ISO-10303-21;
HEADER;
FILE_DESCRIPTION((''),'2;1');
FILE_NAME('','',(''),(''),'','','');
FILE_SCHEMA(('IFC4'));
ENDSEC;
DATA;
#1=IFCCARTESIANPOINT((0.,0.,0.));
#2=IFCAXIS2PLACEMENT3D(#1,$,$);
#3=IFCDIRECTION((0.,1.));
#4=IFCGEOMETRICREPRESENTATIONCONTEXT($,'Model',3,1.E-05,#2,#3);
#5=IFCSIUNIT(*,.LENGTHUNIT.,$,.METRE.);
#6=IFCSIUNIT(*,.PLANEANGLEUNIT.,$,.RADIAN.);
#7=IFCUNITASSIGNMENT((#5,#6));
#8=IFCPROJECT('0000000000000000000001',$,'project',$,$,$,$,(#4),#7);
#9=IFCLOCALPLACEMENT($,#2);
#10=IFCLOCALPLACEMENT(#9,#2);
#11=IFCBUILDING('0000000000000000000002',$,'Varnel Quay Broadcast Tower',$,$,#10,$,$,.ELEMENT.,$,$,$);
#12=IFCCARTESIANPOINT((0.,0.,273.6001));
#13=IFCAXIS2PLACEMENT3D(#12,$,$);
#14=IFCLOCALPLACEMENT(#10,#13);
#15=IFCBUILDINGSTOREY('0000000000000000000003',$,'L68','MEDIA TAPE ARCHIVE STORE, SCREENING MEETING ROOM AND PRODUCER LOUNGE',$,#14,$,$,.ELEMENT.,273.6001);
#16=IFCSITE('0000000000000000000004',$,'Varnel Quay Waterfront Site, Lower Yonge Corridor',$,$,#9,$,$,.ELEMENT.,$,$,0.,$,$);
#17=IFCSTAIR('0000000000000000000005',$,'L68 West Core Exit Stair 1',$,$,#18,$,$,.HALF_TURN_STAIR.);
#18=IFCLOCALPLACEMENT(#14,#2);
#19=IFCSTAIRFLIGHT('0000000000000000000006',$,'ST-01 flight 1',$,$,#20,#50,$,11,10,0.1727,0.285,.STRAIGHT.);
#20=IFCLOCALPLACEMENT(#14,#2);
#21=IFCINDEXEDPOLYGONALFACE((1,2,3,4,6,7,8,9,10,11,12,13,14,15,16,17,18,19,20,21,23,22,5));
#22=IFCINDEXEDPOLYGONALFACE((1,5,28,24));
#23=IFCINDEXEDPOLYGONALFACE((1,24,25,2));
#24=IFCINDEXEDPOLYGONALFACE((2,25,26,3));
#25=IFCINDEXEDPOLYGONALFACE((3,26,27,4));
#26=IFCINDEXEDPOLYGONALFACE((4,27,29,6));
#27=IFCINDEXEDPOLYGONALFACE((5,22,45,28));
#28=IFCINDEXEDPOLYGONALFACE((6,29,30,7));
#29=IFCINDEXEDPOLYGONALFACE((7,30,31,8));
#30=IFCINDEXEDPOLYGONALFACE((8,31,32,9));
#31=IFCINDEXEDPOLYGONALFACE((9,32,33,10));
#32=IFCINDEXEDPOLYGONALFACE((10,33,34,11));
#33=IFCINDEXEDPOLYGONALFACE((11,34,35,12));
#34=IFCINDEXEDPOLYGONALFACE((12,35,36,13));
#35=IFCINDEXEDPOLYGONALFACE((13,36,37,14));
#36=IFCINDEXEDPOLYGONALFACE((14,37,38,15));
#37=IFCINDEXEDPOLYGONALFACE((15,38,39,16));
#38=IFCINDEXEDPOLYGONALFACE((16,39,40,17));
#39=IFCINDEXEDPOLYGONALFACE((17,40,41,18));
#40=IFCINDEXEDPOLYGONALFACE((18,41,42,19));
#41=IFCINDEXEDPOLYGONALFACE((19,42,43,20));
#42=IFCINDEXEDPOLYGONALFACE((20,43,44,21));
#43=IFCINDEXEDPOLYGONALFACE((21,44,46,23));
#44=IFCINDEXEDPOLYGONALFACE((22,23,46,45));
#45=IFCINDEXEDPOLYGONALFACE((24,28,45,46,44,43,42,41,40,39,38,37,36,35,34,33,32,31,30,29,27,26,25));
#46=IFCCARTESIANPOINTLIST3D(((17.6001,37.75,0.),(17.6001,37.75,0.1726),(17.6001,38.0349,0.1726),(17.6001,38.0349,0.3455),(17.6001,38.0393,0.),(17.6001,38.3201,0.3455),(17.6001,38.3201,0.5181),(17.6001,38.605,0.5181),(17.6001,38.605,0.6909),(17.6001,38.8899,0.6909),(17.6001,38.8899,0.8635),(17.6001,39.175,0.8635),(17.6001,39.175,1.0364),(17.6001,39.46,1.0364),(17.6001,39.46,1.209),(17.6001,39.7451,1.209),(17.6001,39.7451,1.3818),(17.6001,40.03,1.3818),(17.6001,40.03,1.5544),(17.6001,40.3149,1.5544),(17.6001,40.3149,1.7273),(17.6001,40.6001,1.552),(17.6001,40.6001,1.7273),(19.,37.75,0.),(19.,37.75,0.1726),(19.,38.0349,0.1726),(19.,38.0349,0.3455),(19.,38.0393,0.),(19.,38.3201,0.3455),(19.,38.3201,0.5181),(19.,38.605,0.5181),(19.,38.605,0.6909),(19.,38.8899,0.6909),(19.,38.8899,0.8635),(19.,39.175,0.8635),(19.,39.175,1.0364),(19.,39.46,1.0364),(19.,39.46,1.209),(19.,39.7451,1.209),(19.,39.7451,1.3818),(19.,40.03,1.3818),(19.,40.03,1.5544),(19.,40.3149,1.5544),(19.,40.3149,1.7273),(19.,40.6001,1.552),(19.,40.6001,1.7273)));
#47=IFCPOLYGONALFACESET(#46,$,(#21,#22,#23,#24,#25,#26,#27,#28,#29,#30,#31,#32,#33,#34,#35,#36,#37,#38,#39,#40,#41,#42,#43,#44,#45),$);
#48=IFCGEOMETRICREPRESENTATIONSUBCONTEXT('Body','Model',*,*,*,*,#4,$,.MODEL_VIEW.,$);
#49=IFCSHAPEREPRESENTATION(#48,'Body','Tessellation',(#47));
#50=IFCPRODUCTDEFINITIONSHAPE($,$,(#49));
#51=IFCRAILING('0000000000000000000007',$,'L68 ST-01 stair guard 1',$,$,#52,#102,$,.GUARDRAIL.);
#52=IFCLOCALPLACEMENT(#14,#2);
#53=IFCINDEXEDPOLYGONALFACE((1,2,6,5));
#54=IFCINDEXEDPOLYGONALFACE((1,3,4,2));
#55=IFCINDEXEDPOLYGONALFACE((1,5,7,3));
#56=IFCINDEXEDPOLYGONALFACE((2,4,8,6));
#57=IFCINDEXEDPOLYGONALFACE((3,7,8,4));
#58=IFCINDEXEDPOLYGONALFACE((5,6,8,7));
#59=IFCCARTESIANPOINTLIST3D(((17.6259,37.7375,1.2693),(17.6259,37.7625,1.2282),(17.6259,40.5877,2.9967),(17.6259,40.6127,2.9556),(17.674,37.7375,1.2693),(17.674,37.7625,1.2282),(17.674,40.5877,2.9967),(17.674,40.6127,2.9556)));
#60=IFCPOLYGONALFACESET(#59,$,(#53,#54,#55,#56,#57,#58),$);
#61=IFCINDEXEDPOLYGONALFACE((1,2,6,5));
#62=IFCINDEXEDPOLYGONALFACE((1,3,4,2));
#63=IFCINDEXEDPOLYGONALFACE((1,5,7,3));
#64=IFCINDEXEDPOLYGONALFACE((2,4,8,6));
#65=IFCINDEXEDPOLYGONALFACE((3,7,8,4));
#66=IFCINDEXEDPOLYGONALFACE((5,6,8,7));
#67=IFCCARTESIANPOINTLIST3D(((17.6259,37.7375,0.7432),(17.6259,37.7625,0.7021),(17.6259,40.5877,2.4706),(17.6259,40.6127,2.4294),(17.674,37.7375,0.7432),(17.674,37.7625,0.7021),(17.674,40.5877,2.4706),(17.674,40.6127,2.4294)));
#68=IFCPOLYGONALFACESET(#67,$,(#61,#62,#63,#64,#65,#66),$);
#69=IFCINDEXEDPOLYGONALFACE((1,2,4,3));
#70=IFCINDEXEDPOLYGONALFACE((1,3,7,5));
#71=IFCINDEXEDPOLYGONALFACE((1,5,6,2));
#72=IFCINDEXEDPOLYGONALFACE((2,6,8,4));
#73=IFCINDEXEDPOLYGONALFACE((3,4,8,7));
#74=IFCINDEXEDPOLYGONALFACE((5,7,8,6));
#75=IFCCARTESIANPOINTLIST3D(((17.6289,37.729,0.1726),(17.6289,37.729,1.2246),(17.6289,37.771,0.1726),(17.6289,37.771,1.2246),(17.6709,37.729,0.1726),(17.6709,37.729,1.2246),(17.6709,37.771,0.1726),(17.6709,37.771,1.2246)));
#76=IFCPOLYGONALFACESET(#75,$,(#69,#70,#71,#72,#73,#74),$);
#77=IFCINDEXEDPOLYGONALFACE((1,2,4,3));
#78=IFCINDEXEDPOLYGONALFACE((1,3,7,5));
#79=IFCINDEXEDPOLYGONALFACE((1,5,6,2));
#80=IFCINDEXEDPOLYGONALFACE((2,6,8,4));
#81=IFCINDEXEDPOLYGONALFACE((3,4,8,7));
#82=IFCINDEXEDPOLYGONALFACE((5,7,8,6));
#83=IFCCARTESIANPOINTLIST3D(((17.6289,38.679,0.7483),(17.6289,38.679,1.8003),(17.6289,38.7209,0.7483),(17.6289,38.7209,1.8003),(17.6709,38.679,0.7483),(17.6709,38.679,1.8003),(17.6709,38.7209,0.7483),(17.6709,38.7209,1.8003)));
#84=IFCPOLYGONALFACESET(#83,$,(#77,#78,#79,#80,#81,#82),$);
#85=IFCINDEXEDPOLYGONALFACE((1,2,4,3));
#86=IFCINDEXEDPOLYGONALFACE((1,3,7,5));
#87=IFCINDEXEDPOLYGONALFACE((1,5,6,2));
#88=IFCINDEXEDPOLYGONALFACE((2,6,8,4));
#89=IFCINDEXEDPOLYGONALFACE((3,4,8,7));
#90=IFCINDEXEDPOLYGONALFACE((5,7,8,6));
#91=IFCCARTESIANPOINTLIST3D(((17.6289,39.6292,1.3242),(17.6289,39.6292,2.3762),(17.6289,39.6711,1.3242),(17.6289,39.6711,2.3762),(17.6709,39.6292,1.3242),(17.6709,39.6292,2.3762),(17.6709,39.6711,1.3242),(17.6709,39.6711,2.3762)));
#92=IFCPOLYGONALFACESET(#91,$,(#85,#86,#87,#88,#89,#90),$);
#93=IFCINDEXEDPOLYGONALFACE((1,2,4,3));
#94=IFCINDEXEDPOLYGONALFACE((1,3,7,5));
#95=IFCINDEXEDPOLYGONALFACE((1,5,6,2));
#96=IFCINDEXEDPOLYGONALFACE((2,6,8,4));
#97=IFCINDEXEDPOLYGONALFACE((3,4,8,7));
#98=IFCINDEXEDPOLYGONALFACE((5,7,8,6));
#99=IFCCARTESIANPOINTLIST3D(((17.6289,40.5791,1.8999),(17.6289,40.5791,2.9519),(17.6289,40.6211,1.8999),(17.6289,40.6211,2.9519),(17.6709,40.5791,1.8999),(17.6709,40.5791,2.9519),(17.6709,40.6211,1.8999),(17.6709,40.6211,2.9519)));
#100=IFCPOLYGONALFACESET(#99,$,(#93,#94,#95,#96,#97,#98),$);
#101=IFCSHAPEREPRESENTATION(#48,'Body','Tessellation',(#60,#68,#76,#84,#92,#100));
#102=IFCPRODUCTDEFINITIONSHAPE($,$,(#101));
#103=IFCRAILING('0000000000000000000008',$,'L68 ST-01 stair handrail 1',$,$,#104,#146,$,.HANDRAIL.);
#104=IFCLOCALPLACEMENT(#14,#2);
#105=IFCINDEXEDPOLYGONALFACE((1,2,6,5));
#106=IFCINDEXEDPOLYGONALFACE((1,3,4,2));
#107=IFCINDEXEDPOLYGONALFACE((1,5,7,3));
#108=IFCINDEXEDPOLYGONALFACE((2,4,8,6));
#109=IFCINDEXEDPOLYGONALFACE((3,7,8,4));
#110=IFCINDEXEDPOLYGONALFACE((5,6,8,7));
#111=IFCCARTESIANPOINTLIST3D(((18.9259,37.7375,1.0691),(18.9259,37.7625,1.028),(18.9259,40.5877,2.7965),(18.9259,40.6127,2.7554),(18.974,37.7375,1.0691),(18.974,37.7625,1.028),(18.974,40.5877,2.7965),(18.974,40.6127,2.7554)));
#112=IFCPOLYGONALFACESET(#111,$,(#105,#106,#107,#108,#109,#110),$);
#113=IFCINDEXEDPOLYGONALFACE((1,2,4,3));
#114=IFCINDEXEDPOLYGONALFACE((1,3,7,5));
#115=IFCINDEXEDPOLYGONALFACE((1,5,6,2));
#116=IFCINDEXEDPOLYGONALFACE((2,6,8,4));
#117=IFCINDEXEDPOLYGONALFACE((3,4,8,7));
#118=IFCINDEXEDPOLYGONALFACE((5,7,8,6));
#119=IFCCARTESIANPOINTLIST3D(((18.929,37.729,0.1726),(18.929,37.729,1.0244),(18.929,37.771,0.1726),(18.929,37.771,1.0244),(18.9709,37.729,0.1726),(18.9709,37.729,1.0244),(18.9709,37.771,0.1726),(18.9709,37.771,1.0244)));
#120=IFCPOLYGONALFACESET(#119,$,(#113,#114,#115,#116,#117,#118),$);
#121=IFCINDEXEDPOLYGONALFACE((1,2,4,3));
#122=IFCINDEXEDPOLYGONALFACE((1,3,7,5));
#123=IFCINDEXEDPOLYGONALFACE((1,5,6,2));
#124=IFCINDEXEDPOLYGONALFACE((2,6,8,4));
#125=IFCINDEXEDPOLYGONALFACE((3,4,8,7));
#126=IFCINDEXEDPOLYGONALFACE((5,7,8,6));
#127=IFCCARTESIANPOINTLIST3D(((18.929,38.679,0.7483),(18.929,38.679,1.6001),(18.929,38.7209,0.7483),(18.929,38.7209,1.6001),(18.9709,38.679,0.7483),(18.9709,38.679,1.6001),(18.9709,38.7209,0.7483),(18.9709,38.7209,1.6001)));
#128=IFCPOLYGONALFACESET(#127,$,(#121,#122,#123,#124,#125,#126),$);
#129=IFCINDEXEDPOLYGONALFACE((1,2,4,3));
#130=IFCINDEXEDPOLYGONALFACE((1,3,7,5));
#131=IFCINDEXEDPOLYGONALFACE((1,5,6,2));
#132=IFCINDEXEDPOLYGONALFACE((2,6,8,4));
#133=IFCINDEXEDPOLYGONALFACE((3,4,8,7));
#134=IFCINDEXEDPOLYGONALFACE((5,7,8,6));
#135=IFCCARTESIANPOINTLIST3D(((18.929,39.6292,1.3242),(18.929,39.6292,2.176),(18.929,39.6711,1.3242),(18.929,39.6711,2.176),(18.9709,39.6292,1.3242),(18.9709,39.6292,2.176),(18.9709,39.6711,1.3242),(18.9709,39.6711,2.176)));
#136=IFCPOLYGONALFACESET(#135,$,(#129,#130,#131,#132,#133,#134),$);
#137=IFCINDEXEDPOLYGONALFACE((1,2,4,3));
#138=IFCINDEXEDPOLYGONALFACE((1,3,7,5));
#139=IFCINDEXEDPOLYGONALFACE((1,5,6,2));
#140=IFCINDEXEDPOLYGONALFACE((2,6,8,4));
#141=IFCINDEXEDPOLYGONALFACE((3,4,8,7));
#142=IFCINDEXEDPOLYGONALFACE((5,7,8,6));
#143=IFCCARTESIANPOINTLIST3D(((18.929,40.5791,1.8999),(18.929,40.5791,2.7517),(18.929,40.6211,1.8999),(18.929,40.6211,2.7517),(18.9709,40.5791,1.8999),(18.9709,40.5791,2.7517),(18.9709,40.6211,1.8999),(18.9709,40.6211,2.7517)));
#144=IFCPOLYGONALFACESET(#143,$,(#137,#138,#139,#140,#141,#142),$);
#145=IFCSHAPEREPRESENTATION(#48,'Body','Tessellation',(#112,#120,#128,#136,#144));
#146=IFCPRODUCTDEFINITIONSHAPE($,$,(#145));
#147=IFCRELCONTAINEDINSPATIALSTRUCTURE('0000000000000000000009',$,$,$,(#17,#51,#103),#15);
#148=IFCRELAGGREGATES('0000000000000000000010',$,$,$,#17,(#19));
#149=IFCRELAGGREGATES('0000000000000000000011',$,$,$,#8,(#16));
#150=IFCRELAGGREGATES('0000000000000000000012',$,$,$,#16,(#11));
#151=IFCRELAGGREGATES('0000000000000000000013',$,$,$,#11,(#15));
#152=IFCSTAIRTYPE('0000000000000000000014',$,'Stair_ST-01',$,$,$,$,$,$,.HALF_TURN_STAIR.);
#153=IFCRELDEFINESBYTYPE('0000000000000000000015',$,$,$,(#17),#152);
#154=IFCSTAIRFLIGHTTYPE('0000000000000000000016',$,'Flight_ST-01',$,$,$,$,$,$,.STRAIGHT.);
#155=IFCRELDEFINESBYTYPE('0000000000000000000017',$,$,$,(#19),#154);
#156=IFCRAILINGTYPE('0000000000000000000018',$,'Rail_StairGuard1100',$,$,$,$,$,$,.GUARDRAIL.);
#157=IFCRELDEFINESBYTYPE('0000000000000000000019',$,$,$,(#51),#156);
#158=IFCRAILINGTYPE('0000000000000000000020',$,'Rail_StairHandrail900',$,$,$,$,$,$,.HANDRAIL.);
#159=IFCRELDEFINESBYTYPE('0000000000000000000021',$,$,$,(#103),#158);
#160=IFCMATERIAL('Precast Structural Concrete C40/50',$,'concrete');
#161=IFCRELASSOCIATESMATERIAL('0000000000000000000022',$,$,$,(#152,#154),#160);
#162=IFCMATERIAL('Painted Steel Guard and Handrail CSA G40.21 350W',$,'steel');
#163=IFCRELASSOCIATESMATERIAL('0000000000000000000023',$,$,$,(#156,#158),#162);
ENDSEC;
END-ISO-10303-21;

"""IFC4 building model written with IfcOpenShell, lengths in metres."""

from ifc_helpers import new_model, si_unit, direction, frame, origin, origin_2d, place, context, subcontext, project, spatial, polyline, rectangle, outline, extrude, material, type_object, element, aggregate, save


model = new_model("IFC4")

# Units and contexts
model_context = context("Model", 3, precision=1e-05, world=origin(), true_north=direction((0.0, 1.0)))
body_context = subcontext(model_context, "Body", "Model", "MODEL_VIEW")
ifc_project = project(units=[si_unit("LENGTHUNIT", "METRE"), si_unit("PLANEANGLEUNIT", "RADIAN")], contexts=[model_context])

# Site, building, storey
site_placement = place(None, origin())
site = spatial("IfcSite", under=ifc_project, at=site_placement, Name="Varnel Quay Waterfront Site, Lower Yonge Corridor", CompositionType="ELEMENT", RefElevation=0.0)
building_placement = place(site_placement, origin())
building = spatial("IfcBuilding", under=site, at=building_placement, Name="Varnel Quay Broadcast Tower", CompositionType="ELEMENT")
storey_placement = place(building_placement, frame((0.0, 0.0, 273.6001)))
storey = spatial("IfcBuildingStorey", under=building, at=storey_placement, Name="L68", Description="MEDIA TAPE ARCHIVE STORE, SCREENING MEETING ROOM AND PRODUCER LOUNGE", CompositionType="ELEMENT", Elevation=273.6001)

# Stair, stair flight
ifc_material_1 = material(Name="Precast Structural Concrete C40/50", Category="concrete")
stair_type = type_object("IfcStairType", Name="Stair_ST-01", PredefinedType="HALF_TURN_STAIR", material=ifc_material_1)
stair_placement = place(storey_placement, origin())
stair = element("IfcStair", 1, at=stair_placement, inside=storey, type_object=stair_type, Name="L68 West Core Exit Stair 1", PredefinedType="HALF_TURN_STAIR")
stair_flight_type = type_object("IfcStairFlightType", Name="Flight_ST-01", PredefinedType="STRAIGHT", material=ifc_material_1)
stair_flight_placement = place(storey_placement, frame((18.3, 37.75, 0.0), z_axis=(0.0, 0.0, 1.0), x_axis=(0.0, 1.0, 0.0)))
stair_flight = element("IfcStairFlight", 2, at=stair_flight_placement, type_object=stair_flight_type, Name="ST-01 flight 1", NumberOfRisers=11, NumberOfTreads=10, PredefinedType="STRAIGHT", RiserHeight=0.1727, TreadLength=0.285, context=body_context, shape_type="SweptSolid", body=[
    extrude(outline(polyline([(0.0, 0.0), (0.0, 0.1726), (0.2849, 0.1726), (0.2849, 0.3455), (0.5701, 0.3455), (0.5701, 0.5181), (0.855, 0.5181), (0.855, 0.6909), (1.1399, 0.6909), (1.1399, 0.8635), (1.425, 0.8635), (1.425, 1.0364), (1.71, 1.0364), (1.71, 1.209), (1.9951, 1.209), (1.9951, 1.3818), (2.28, 1.3818), (2.28, 1.5544), (2.5649, 1.5544), (2.5649, 1.7273), (2.8501, 1.7273), (2.8501, 1.8999), (2.8501, 1.552), (0.2893, 0.0), (0.0, 0.0)])), frame((0.0, 0.7, 0.0), z_axis=(0.0, -1.0, 0.0), x_axis=(1.0, 0.0, 0.0)), (0.0, 0.0, 1.0), 1.3999),
])
aggregate(stair, [stair_flight])

# Railings
ifc_material_2 = material(Name="Painted Steel Guard and Handrail CSA G40.21 350W", Category="steel")
railing_type_1 = type_object("IfcRailingType", Name="Rail_StairGuard1100", PredefinedType="GUARDRAIL", material=ifc_material_2)
railing_1_placement = place(storey_placement, frame((17.6499, 37.75, 0.1726)))
element("IfcRailing", 3, at=railing_1_placement, inside=storey, type_object=railing_type_1, Name="L68 ST-01 stair guard 1", PredefinedType="GUARDRAIL", context=body_context, shape_type="SweptSolid", body=[
    extrude(rectangle(XDim=0.0481, YDim=0.0481, at=origin_2d()), frame((0.0, 0.0, 1.0762), z_axis=(0.0, 0.855203, 0.518294), x_axis=(-1.0, 0.0, 0.0)), (0.0, 0.0, 1.0), 3.3328),
    extrude(rectangle(XDim=0.0481, YDim=0.0481, at=origin_2d()), frame((0.0, 0.0, 0.55), z_axis=(0.0, 0.855203, 0.518294), x_axis=(-1.0, 0.0, 0.0)), (0.0, 0.0, 1.0), 3.3328),
    extrude(rectangle(XDim=0.042, YDim=0.042, at=origin_2d()), origin(), (0.0, 0.0, 1.0), 1.052),
    extrude(rectangle(XDim=0.042, YDim=0.042, at=origin_2d()), frame((0.0, 0.95, 0.5757)), (0.0, 0.0, 1.0), 1.052),
    extrude(rectangle(XDim=0.042, YDim=0.042, at=origin_2d()), frame((0.0, 1.9001, 1.1516)), (0.0, 0.0, 1.0), 1.052),
    extrude(rectangle(XDim=0.042, YDim=0.042, at=origin_2d()), frame((0.0, 2.8501, 1.7273)), (0.0, 0.0, 1.0), 1.052),
])
railing_type_2 = type_object("IfcRailingType", Name="Rail_StairHandrail900", PredefinedType="HANDRAIL", material=ifc_material_2)
railing_2_placement = place(storey_placement, frame((18.95, 37.75, 0.1726)))
element("IfcRailing", 4, at=railing_2_placement, inside=storey, type_object=railing_type_2, Name="L68 ST-01 stair handrail 1", PredefinedType="HANDRAIL", context=body_context, shape_type="SweptSolid", body=[
    extrude(rectangle(XDim=0.0481, YDim=0.0481, at=origin_2d()), frame((0.0, 0.0, 0.876), z_axis=(0.0, 0.855203, 0.518294), x_axis=(-1.0, 0.0, 0.0)), (0.0, 0.0, 1.0), 3.3328),
    extrude(rectangle(XDim=0.042, YDim=0.042, at=origin_2d()), origin(), (0.0, 0.0, 1.0), 0.8518),
    extrude(rectangle(XDim=0.042, YDim=0.042, at=origin_2d()), frame((0.0, 0.95, 0.5757)), (0.0, 0.0, 1.0), 0.8518),
    extrude(rectangle(XDim=0.042, YDim=0.042, at=origin_2d()), frame((0.0, 1.9001, 1.1516)), (0.0, 0.0, 1.0), 0.8518),
    extrude(rectangle(XDim=0.042, YDim=0.042, at=origin_2d()), frame((0.0, 2.8501, 1.7273)), (0.0, 0.0, 1.0), 0.8518),
])

save(model, "model.ifc")
